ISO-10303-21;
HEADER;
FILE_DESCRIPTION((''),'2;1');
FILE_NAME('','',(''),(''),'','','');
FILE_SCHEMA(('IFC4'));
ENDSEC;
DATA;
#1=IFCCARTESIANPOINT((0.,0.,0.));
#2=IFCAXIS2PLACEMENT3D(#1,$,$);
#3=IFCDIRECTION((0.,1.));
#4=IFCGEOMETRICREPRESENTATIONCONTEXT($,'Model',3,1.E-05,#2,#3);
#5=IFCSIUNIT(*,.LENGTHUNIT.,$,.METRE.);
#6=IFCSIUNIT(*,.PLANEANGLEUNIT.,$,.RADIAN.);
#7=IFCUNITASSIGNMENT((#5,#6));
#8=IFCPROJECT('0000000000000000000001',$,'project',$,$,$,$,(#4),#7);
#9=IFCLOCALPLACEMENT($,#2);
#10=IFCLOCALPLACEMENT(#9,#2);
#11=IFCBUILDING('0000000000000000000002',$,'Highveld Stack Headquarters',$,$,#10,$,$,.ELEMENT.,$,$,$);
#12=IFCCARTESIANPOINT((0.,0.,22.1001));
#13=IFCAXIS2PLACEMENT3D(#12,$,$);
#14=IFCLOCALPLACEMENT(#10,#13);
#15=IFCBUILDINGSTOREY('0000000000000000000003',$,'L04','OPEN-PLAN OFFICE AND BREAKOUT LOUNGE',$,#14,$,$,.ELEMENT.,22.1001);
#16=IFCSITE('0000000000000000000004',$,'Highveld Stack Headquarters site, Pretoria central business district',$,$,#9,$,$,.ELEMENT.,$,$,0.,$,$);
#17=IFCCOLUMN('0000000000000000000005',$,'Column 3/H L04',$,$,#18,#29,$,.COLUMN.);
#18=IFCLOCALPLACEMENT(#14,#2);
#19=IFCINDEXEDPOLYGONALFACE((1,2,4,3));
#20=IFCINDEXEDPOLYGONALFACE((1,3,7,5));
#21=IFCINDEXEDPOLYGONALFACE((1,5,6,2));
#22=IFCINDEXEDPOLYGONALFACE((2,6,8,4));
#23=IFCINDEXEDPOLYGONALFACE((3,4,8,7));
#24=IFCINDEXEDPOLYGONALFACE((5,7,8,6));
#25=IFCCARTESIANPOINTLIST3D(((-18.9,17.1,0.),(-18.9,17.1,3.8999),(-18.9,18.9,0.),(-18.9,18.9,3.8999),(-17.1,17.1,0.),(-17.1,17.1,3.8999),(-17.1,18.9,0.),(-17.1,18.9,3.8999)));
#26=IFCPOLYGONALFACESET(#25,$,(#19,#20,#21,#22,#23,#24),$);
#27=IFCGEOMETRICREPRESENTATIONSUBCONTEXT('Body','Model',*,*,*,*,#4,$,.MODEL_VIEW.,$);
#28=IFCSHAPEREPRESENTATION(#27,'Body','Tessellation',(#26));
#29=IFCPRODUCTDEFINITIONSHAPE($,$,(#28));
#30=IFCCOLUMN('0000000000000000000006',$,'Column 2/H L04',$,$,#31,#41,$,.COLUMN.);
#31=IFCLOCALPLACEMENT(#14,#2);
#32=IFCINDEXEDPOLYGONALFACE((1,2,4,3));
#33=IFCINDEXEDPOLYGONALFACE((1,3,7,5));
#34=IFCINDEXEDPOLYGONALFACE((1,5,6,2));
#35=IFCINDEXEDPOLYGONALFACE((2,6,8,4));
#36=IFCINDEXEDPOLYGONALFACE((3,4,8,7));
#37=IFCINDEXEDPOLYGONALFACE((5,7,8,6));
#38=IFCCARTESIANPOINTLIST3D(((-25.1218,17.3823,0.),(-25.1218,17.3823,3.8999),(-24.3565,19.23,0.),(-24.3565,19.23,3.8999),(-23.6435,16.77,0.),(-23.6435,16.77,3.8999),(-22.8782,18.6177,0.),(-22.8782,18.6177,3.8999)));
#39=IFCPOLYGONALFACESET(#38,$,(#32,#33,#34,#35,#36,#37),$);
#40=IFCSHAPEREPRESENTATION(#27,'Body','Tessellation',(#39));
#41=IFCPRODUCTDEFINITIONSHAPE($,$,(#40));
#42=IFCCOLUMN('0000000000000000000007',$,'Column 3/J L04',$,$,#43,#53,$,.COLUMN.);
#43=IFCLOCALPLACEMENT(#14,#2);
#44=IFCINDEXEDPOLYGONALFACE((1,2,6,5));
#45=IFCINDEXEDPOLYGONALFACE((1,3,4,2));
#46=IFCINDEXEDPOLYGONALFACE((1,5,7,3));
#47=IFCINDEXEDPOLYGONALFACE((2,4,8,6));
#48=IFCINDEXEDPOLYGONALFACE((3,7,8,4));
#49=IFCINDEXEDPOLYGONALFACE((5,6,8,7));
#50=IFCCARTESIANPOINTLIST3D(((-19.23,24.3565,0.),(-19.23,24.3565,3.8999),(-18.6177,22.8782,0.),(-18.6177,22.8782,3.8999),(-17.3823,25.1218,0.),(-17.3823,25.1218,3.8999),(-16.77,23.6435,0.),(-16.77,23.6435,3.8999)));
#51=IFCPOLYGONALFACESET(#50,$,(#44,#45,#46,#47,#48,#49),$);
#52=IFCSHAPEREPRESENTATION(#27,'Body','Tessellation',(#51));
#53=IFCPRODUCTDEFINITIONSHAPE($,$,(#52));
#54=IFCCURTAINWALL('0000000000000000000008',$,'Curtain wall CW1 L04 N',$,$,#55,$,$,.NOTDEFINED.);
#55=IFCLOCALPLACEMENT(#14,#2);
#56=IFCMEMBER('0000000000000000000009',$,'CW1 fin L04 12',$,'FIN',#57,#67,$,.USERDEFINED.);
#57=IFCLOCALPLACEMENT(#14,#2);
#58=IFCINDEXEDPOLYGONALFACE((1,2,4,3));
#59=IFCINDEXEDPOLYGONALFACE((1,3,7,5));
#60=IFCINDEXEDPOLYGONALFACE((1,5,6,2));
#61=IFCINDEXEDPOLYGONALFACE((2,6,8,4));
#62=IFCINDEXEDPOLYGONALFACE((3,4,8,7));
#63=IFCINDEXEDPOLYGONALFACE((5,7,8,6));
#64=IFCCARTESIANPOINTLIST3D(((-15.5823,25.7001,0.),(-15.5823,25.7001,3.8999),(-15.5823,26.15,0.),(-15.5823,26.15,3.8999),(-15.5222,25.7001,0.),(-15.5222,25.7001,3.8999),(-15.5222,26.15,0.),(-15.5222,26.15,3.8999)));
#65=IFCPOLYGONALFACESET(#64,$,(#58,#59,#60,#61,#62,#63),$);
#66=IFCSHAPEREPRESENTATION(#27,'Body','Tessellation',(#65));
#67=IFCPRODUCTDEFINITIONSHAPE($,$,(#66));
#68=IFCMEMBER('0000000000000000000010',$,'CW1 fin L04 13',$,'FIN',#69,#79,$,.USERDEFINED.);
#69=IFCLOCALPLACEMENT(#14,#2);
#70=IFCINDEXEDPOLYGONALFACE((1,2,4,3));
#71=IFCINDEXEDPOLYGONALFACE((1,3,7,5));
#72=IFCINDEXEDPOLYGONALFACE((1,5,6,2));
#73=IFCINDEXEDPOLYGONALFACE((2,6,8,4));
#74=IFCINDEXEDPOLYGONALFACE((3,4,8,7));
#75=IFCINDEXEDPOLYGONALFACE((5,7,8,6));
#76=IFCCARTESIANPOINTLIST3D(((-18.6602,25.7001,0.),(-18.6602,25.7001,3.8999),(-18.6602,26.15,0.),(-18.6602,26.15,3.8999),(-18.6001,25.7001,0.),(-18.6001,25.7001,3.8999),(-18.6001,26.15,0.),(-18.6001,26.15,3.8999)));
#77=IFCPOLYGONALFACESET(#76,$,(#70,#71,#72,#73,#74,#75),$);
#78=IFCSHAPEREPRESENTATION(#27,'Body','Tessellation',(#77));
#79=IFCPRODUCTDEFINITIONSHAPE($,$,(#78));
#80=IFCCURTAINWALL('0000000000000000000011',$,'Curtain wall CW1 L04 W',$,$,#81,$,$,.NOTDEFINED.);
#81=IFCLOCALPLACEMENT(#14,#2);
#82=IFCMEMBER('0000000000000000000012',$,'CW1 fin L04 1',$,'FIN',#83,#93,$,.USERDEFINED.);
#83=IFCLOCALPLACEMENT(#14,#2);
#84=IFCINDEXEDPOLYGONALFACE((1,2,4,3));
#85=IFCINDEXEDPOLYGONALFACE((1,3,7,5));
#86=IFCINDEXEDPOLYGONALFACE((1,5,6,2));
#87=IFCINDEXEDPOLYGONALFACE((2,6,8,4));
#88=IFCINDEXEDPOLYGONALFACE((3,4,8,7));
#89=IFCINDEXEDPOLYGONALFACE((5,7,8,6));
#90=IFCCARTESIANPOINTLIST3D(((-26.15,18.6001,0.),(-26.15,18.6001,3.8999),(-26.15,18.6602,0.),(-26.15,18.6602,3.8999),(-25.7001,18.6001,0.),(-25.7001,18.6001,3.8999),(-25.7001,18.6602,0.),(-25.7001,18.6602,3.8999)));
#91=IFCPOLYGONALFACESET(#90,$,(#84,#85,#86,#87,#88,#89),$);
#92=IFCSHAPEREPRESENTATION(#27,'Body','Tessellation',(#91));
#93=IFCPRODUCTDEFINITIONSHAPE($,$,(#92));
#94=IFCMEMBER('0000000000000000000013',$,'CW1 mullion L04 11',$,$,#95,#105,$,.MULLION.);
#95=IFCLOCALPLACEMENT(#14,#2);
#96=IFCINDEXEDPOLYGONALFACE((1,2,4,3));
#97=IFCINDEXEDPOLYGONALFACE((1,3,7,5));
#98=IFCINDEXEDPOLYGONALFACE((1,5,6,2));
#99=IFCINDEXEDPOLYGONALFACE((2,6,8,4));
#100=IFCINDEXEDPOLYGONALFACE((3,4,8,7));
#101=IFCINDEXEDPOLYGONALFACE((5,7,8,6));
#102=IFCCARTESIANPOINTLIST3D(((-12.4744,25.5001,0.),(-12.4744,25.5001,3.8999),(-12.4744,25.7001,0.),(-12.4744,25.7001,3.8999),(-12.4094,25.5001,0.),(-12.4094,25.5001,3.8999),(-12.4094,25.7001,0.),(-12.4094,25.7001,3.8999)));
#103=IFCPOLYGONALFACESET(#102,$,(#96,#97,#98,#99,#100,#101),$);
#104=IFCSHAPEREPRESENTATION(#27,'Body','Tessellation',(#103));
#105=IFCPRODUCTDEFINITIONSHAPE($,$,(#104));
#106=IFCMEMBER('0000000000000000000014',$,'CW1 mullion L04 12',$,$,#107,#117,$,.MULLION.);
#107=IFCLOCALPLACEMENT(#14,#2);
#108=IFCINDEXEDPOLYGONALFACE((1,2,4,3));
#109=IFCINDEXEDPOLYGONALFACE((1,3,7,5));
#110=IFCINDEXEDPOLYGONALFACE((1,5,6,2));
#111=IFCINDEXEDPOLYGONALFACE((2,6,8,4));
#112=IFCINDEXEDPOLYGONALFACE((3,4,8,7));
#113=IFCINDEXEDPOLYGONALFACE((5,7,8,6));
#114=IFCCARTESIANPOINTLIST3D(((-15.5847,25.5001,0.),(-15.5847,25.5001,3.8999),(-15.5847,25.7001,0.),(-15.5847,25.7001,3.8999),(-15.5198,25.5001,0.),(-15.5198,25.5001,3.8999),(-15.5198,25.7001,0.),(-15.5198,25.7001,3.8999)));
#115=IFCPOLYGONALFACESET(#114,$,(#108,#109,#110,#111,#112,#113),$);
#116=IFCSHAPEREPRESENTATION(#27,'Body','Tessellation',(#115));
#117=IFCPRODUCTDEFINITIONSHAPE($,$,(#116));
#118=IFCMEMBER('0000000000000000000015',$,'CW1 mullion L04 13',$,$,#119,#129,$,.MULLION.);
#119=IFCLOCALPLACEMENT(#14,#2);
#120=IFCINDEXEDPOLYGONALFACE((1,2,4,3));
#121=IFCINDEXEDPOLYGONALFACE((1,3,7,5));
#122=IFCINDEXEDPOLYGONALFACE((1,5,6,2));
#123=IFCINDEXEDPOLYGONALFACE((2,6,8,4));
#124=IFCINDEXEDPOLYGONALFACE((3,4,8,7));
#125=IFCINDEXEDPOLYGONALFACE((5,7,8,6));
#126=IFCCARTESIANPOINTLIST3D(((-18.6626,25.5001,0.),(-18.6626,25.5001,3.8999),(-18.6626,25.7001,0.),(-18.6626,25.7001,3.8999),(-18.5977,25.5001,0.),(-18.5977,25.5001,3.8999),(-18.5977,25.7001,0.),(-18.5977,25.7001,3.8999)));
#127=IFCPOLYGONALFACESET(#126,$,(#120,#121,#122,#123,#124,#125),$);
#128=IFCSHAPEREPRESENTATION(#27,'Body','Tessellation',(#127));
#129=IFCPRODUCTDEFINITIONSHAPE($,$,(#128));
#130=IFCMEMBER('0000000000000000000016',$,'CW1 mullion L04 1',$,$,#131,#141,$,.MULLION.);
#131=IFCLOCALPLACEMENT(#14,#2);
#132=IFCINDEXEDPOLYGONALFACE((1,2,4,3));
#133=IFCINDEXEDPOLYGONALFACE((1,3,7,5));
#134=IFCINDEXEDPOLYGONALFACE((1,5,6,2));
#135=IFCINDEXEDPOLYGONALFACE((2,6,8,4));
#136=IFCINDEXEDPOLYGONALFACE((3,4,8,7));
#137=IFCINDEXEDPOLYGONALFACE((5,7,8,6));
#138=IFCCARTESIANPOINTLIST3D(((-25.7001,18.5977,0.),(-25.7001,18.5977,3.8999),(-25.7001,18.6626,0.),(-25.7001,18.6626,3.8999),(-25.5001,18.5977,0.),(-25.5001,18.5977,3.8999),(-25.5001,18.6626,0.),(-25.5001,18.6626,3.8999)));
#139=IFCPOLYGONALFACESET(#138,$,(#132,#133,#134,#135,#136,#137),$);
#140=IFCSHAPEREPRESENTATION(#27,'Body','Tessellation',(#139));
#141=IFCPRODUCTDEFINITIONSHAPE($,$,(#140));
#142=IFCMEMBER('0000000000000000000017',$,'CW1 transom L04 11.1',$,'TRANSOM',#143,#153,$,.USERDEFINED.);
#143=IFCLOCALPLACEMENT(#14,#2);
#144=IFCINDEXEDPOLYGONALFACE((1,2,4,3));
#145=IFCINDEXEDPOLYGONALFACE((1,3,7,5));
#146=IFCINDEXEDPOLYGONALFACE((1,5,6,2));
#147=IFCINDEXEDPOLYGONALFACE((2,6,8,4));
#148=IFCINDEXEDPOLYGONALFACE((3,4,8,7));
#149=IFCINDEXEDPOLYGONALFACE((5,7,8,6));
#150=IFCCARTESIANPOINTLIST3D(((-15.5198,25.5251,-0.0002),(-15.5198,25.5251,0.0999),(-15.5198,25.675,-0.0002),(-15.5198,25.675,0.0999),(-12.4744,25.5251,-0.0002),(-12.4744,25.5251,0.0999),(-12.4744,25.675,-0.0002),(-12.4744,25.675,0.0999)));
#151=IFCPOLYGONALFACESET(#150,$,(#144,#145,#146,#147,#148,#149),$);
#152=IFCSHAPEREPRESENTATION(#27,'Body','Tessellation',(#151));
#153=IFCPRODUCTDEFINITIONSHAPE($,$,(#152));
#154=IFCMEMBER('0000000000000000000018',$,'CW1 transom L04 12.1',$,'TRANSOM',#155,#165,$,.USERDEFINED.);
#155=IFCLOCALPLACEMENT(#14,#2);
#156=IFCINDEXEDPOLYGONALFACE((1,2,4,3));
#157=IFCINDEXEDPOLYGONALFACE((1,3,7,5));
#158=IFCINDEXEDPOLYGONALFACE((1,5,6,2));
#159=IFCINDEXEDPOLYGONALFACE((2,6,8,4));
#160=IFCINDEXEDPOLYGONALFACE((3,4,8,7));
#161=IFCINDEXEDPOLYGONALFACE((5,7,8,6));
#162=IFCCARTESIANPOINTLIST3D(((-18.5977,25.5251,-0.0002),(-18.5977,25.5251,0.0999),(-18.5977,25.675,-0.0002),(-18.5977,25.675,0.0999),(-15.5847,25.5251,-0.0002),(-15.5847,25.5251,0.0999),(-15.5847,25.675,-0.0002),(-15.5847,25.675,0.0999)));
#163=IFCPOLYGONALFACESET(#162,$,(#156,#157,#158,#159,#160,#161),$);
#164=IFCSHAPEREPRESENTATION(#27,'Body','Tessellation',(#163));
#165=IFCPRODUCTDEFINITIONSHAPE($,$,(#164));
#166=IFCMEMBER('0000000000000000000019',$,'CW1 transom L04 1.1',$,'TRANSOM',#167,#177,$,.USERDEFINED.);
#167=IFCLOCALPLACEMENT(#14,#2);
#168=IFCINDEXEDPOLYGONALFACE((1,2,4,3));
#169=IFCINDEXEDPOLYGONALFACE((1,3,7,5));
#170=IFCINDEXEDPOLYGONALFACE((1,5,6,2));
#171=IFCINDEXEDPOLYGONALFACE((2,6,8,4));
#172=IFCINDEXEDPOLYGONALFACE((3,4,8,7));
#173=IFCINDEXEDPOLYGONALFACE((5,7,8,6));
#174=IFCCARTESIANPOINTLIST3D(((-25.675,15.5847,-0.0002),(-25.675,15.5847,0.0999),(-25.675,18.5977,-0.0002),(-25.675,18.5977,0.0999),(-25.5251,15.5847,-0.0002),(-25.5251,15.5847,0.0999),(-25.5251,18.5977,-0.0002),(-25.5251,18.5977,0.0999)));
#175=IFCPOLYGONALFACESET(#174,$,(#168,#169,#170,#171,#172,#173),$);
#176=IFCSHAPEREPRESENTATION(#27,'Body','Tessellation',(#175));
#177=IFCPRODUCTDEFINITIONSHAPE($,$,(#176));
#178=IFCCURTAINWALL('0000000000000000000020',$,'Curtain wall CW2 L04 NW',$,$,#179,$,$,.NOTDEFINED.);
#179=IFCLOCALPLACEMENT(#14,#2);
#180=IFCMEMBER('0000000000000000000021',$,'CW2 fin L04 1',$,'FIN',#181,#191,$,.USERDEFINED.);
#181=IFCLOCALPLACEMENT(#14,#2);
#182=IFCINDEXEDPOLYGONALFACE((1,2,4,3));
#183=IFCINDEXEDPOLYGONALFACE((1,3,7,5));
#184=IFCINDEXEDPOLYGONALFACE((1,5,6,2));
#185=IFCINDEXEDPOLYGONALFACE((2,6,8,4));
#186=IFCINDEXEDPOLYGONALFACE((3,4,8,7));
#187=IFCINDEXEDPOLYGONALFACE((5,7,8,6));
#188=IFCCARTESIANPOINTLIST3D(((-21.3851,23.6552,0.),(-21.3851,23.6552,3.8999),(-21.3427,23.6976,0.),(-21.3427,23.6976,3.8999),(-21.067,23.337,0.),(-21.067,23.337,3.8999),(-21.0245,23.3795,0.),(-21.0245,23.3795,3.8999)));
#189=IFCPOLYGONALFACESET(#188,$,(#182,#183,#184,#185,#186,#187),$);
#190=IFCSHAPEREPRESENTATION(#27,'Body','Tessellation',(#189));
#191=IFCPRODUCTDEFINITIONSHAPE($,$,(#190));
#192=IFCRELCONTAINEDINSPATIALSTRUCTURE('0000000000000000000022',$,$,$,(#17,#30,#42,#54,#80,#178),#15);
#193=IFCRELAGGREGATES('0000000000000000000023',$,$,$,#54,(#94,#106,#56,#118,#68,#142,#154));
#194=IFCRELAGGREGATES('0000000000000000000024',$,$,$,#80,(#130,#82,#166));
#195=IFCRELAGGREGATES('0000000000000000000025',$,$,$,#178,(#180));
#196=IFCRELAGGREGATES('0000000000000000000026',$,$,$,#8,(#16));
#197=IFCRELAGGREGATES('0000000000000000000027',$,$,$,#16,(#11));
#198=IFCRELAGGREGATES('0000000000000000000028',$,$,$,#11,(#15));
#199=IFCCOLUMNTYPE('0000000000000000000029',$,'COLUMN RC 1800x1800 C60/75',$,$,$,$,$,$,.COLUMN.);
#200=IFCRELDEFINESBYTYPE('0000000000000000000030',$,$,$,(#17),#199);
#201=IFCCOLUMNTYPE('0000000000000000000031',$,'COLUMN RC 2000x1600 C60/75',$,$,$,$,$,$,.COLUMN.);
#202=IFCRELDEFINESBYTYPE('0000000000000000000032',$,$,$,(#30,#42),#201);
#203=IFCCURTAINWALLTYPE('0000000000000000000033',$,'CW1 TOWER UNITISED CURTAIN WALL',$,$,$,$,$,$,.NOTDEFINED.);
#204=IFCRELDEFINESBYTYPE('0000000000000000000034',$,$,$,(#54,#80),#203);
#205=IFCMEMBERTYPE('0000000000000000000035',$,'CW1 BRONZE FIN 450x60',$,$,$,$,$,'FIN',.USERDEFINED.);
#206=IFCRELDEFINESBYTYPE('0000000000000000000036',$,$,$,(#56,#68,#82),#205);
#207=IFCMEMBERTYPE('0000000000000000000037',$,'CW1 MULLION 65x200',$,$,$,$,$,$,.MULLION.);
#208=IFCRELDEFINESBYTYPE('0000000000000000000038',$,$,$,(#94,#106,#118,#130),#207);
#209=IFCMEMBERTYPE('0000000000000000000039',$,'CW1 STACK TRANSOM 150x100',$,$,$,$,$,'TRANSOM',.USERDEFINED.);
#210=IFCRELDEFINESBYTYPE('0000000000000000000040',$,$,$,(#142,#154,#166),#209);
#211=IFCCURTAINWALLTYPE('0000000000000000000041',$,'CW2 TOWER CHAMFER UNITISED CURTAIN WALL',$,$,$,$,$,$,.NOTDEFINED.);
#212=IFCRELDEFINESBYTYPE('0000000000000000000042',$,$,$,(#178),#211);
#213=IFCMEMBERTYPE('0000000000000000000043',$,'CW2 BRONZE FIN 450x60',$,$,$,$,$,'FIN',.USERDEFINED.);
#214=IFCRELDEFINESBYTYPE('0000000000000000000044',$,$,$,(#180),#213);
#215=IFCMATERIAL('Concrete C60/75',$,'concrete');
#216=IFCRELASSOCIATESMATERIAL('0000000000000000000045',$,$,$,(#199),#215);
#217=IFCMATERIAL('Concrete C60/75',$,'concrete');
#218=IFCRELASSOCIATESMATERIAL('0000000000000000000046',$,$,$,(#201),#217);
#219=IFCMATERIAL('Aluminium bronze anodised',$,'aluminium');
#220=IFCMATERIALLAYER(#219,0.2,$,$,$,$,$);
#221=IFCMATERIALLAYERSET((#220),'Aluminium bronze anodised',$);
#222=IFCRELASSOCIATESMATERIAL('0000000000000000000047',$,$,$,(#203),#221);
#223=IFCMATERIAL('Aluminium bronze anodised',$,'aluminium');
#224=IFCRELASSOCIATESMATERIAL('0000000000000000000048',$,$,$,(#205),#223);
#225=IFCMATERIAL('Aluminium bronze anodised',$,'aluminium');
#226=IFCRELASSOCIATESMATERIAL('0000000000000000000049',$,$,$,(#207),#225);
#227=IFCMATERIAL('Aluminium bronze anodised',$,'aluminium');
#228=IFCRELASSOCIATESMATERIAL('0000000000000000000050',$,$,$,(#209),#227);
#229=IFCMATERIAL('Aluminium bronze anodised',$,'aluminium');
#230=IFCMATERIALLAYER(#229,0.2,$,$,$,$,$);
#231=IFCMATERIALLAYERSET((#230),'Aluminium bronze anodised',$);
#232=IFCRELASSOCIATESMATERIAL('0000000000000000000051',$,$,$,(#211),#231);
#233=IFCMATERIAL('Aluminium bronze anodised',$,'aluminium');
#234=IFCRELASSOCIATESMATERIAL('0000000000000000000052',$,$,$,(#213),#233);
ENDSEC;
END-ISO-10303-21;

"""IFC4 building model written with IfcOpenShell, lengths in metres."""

from ifc_helpers import new_model, si_unit, direction, frame, origin, origin_2d, place, context, subcontext, project, spatial, rectangle, extrude, material, layer, layer_set, material_profile, profile_set, type_object, element, aggregate, save


model = new_model("IFC4")

# Units and contexts
model_context = context("Model", 3, precision=1e-05, world=origin(), true_north=direction((0.0, 1.0)))
body_context = subcontext(model_context, "Body", "Model", "MODEL_VIEW")
ifc_project = project(units=[si_unit("LENGTHUNIT", "METRE"), si_unit("PLANEANGLEUNIT", "RADIAN")], contexts=[model_context])

# Site, building, storey
site_placement = place(None, origin())
site = spatial("IfcSite", under=ifc_project, at=site_placement, Name="Highveld Stack Headquarters site, Pretoria central business district", CompositionType="ELEMENT", RefElevation=0.0)
building_placement = place(site_placement, origin())
building = spatial("IfcBuilding", under=site, at=building_placement, Name="Highveld Stack Headquarters", CompositionType="ELEMENT")
storey_placement = place(building_placement, frame((0.0, 0.0, 22.1001)))
storey = spatial("IfcBuildingStorey", under=building, at=storey_placement, Name="L04", Description="OPEN-PLAN OFFICE AND BREAKOUT LOUNGE", CompositionType="ELEMENT", Elevation=22.1001)

# Columns
ifc_material_1 = material(Name="Concrete C60/75", Category="concrete")
ifc_material_profile_1 = material_profile(ifc_material_1, rectangle(XDim=1.8, YDim=1.8, at=origin_2d()), Name="RC 1800x1800")
ifc_profile_set_1 = profile_set([ifc_material_profile_1], Name="Concrete C60/75")
column_type_1 = type_object("IfcColumnType", Name="COLUMN RC 1800x1800 C60/75", PredefinedType="COLUMN", material=ifc_profile_set_1)
column_placement = place(storey_placement, frame((-18.0, 18.0, 0.0), z_axis=(0.0, 0.0, 1.0), x_axis=(1.0, 0.0, 0.0)))
element("IfcColumn", 1, at=column_placement, inside=storey, type_object=column_type_1, Name="Column 3/H L04", PredefinedType="COLUMN", context=body_context, shape_type="SweptSolid", body=[
    extrude(rectangle(XDim=1.8, YDim=1.8, at=origin_2d()), origin(), (0.0, 0.0, 1.0), 3.8999),
])
ifc_material_2 = material(Name="Concrete C60/75", Category="concrete")
ifc_material_profile_2 = material_profile(ifc_material_2, rectangle(XDim=2.0, YDim=1.6001, at=origin_2d()), Name="RC 2000x1600")
ifc_profile_set_2 = profile_set([ifc_material_profile_2], Name="Concrete C60/75")
column_type_2 = type_object("IfcColumnType", Name="COLUMN RC 2000x1600 C60/75", PredefinedType="COLUMN", material=ifc_profile_set_2)
for number, where, z_axis, x_axis, name in (
    (2, (-24.0, 18.0, 0.0), (0.0, 0.0, 1.0), (0.382683, 0.92388, 0.0), "Column 2/H L04"),
    (3, (-18.0, 24.0, 0.0), (0.0, 0.0, 1.0), (0.92388, 0.382683, 0.0), "Column 3/J L04"),
):
    element("IfcColumn", number, at=place(storey_placement, frame(where, z_axis=z_axis, x_axis=x_axis)), inside=storey, type_object=column_type_2, Name=name, PredefinedType="COLUMN", context=body_context, shape_type="SweptSolid", body=[
        extrude(rectangle(XDim=2.0, YDim=1.6001, at=origin_2d()), origin(), (0.0, 0.0, 1.0), 3.8999),
    ])

# Curtain wall, members
ifc_material_3 = material(Name="Aluminium bronze anodised", Category="aluminium")
ifc_layer_1 = layer(ifc_material_3, 0.2)
ifc_layer_set_1 = layer_set([ifc_layer_1], Name="Aluminium bronze anodised")
curtain_wall_type_1 = type_object("IfcCurtainWallType", Name="CW1 TOWER UNITISED CURTAIN WALL", PredefinedType="NOTDEFINED", material=ifc_layer_set_1)
curtain_wall_1_placement = place(storey_placement, origin())
curtain_wall_1 = element("IfcCurtainWall", 4, at=curtain_wall_1_placement, inside=storey, type_object=curtain_wall_type_1, Name="Curtain wall CW1 L04 N", PredefinedType="NOTDEFINED")
ifc_material_4 = material(Name="Aluminium bronze anodised", Category="aluminium")
ifc_material_profile_3 = material_profile(ifc_material_4, rectangle(XDim=0.45, YDim=0.0601, at=origin_2d()), Name="FIN 450x60")
ifc_profile_set_3 = profile_set([ifc_material_profile_3], Name="Aluminium bronze anodised")
member_type_1 = type_object("IfcMemberType", Name="CW1 BRONZE FIN 450x60", ElementType="FIN", PredefinedType="USERDEFINED", material=ifc_profile_set_3)
member_1_placement = place(storey_placement, frame((-15.5522, 25.925, 0.0), z_axis=(0.0, 0.0, 1.0), x_axis=(0.0, -1.0, 0.0)))
member_1 = element("IfcMember", 5, at=member_1_placement, type_object=member_type_1, Name="CW1 fin L04 12", ObjectType="FIN", PredefinedType="USERDEFINED", context=body_context, shape_type="SweptSolid", body=[
    extrude(rectangle(XDim=0.45, YDim=0.0601, at=origin_2d()), origin(), (0.0, 0.0, 1.0), 3.8999),
])
member_2_placement = place(storey_placement, frame((-18.6301, 25.925, 0.0), z_axis=(0.0, 0.0, 1.0), x_axis=(0.0, -1.0, 0.0)))
member_2 = element("IfcMember", 6, at=member_2_placement, type_object=member_type_1, Name="CW1 fin L04 13", ObjectType="FIN", PredefinedType="USERDEFINED", context=body_context, shape_type="SweptSolid", body=[
    extrude(rectangle(XDim=0.45, YDim=0.0601, at=origin_2d()), origin(), (0.0, 0.0, 1.0), 3.8999),
])

# Curtain wall, member
curtain_wall_2_placement = place(storey_placement, origin())
curtain_wall_2 = element("IfcCurtainWall", 7, at=curtain_wall_2_placement, inside=storey, type_object=curtain_wall_type_1, Name="Curtain wall CW1 L04 W", PredefinedType="NOTDEFINED")
member_3_placement = place(storey_placement, frame((-25.925, 18.6301, 0.0), z_axis=(0.0, 0.0, 1.0), x_axis=(1.0, 0.0, 0.0)))
member_3 = element("IfcMember", 8, at=member_3_placement, type_object=member_type_1, Name="CW1 fin L04 1", ObjectType="FIN", PredefinedType="USERDEFINED", context=body_context, shape_type="SweptSolid", body=[
    extrude(rectangle(XDim=0.45, YDim=0.0601, at=origin_2d()), origin(), (0.0, 0.0, 1.0), 3.8999),
])

# Members
ifc_material_5 = material(Name="Aluminium bronze anodised", Category="aluminium")
ifc_material_profile_4 = material_profile(ifc_material_5, rectangle(XDim=0.2, YDim=0.0649, at=origin_2d()), Name="CW1 MULLION 65x200")
ifc_profile_set_4 = profile_set([ifc_material_profile_4], Name="Aluminium bronze anodised")
member_type_2 = type_object("IfcMemberType", Name="CW1 MULLION 65x200", PredefinedType="MULLION", material=ifc_profile_set_4)
member_4_placement = place(storey_placement, frame((-12.4419, 25.6001, 0.0), z_axis=(0.0, 0.0, 1.0), x_axis=(0.0, -1.0, 0.0)))
member_4 = element("IfcMember", 9, at=member_4_placement, type_object=member_type_2, Name="CW1 mullion L04 11", PredefinedType="MULLION", context=body_context, shape_type="SweptSolid", body=[
    extrude(rectangle(XDim=0.2, YDim=0.0649, at=origin_2d()), origin(), (0.0, 0.0, 1.0), 3.8999),
])
member_5_placement = place(storey_placement, frame((-15.5522, 25.6001, 0.0), z_axis=(0.0, 0.0, 1.0), x_axis=(0.0, -1.0, 0.0)))
member_5 = element("IfcMember", 10, at=member_5_placement, type_object=member_type_2, Name="CW1 mullion L04 12", PredefinedType="MULLION", context=body_context, shape_type="SweptSolid", body=[
    extrude(rectangle(XDim=0.2, YDim=0.0649, at=origin_2d()), origin(), (0.0, 0.0, 1.0), 3.8999),
])
member_6_placement = place(storey_placement, frame((-18.6301, 25.6001, 0.0), z_axis=(0.0, 0.0, 1.0), x_axis=(0.0, -1.0, 0.0)))
member_6 = element("IfcMember", 11, at=member_6_placement, type_object=member_type_2, Name="CW1 mullion L04 13", PredefinedType="MULLION", context=body_context, shape_type="SweptSolid", body=[
    extrude(rectangle(XDim=0.2, YDim=0.0649, at=origin_2d()), origin(), (0.0, 0.0, 1.0), 3.8999),
])
member_7_placement = place(storey_placement, frame((-25.6001, 18.6301, 0.0), z_axis=(0.0, 0.0, 1.0), x_axis=(1.0, 0.0, 0.0)))
member_7 = element("IfcMember", 12, at=member_7_placement, type_object=member_type_2, Name="CW1 mullion L04 1", PredefinedType="MULLION", context=body_context, shape_type="SweptSolid", body=[
    extrude(rectangle(XDim=0.2, YDim=0.0649, at=origin_2d()), origin(), (0.0, 0.0, 1.0), 3.8999),
])
ifc_material_6 = material(Name="Aluminium bronze anodised", Category="aluminium")
ifc_material_profile_5 = material_profile(ifc_material_6, rectangle(XDim=0.1499, YDim=0.1001, at=origin_2d()), Name="CW1 TRANSOM 150x100")
ifc_profile_set_5 = profile_set([ifc_material_profile_5], Name="Aluminium bronze anodised")
member_type_3 = type_object("IfcMemberType", Name="CW1 STACK TRANSOM 150x100", ElementType="TRANSOM", PredefinedType="USERDEFINED", material=ifc_profile_set_5)
member_8_placement = place(storey_placement, frame((-12.4744, 25.6001, 0.0498), z_axis=(-1.0, 0.0, 0.0), x_axis=(0.0, -1.0, 0.0)))
member_8 = element("IfcMember", 13, at=member_8_placement, type_object=member_type_3, Name="CW1 transom L04 11.1", ObjectType="TRANSOM", PredefinedType="USERDEFINED", context=body_context, shape_type="SweptSolid", body=[
    extrude(rectangle(XDim=0.1499, YDim=0.1001, at=origin_2d()), origin(), (0.0, 0.0, 1.0), 3.0454),
])
member_9_placement = place(storey_placement, frame((-15.5847, 25.6001, 0.0498), z_axis=(-1.0, 0.0, 0.0), x_axis=(0.0, -1.0, 0.0)))
member_9 = element("IfcMember", 14, at=member_9_placement, type_object=member_type_3, Name="CW1 transom L04 12.1", ObjectType="TRANSOM", PredefinedType="USERDEFINED", context=body_context, shape_type="SweptSolid", body=[
    extrude(rectangle(XDim=0.1499, YDim=0.1001, at=origin_2d()), origin(), (0.0, 0.0, 1.0), 3.0129),
])
member_10_placement = place(storey_placement, frame((-25.6001, 18.5977, 0.0498), z_axis=(0.0, -1.0, 0.0), x_axis=(1.0, 0.0, 0.0)))
member_10 = element("IfcMember", 15, at=member_10_placement, type_object=member_type_3, Name="CW1 transom L04 1.1", ObjectType="TRANSOM", PredefinedType="USERDEFINED", context=body_context, shape_type="SweptSolid", body=[
    extrude(rectangle(XDim=0.1499, YDim=0.1001, at=origin_2d()), origin(), (0.0, 0.0, 1.0), 3.0129),
])

# Curtain wall, member
ifc_material_7 = material(Name="Aluminium bronze anodised", Category="aluminium")
ifc_layer_2 = layer(ifc_material_7, 0.2)
ifc_layer_set_2 = layer_set([ifc_layer_2], Name="Aluminium bronze anodised")
curtain_wall_type_2 = type_object("IfcCurtainWallType", Name="CW2 TOWER CHAMFER UNITISED CURTAIN WALL", PredefinedType="NOTDEFINED", material=ifc_layer_set_2)
curtain_wall_3_placement = place(storey_placement, origin())
curtain_wall_3 = element("IfcCurtainWall", 16, at=curtain_wall_3_placement, inside=storey, type_object=curtain_wall_type_2, Name="Curtain wall CW2 L04 NW", PredefinedType="NOTDEFINED")
ifc_material_8 = material(Name="Aluminium bronze anodised", Category="aluminium")
ifc_material_profile_6 = material_profile(ifc_material_8, rectangle(XDim=0.45, YDim=0.0601, at=origin_2d()), Name="FIN 450x60")
ifc_profile_set_6 = profile_set([ifc_material_profile_6], Name="Aluminium bronze anodised")
member_type_4 = type_object("IfcMemberType", Name="CW2 BRONZE FIN 450x60", ElementType="FIN", PredefinedType="USERDEFINED", material=ifc_profile_set_6)
member_11_placement = place(storey_placement, frame((-21.2048, 23.5173, 0.0), z_axis=(0.0, 0.0, 1.0), x_axis=(0.707107, -0.707107, 0.0)))
member_11 = element("IfcMember", 17, at=member_11_placement, type_object=member_type_4, Name="CW2 fin L04 1", ObjectType="FIN", PredefinedType="USERDEFINED", context=body_context, shape_type="SweptSolid", body=[
    extrude(rectangle(XDim=0.45, YDim=0.0601, at=origin_2d()), origin(), (0.0, 0.0, 1.0), 3.8999),
])

aggregate(curtain_wall_1, [member_4, member_5, member_1, member_6, member_2, member_8, member_9])
aggregate(curtain_wall_2, [member_7, member_3, member_10])
aggregate(curtain_wall_3, [member_11])

save(model, "model.ifc")
